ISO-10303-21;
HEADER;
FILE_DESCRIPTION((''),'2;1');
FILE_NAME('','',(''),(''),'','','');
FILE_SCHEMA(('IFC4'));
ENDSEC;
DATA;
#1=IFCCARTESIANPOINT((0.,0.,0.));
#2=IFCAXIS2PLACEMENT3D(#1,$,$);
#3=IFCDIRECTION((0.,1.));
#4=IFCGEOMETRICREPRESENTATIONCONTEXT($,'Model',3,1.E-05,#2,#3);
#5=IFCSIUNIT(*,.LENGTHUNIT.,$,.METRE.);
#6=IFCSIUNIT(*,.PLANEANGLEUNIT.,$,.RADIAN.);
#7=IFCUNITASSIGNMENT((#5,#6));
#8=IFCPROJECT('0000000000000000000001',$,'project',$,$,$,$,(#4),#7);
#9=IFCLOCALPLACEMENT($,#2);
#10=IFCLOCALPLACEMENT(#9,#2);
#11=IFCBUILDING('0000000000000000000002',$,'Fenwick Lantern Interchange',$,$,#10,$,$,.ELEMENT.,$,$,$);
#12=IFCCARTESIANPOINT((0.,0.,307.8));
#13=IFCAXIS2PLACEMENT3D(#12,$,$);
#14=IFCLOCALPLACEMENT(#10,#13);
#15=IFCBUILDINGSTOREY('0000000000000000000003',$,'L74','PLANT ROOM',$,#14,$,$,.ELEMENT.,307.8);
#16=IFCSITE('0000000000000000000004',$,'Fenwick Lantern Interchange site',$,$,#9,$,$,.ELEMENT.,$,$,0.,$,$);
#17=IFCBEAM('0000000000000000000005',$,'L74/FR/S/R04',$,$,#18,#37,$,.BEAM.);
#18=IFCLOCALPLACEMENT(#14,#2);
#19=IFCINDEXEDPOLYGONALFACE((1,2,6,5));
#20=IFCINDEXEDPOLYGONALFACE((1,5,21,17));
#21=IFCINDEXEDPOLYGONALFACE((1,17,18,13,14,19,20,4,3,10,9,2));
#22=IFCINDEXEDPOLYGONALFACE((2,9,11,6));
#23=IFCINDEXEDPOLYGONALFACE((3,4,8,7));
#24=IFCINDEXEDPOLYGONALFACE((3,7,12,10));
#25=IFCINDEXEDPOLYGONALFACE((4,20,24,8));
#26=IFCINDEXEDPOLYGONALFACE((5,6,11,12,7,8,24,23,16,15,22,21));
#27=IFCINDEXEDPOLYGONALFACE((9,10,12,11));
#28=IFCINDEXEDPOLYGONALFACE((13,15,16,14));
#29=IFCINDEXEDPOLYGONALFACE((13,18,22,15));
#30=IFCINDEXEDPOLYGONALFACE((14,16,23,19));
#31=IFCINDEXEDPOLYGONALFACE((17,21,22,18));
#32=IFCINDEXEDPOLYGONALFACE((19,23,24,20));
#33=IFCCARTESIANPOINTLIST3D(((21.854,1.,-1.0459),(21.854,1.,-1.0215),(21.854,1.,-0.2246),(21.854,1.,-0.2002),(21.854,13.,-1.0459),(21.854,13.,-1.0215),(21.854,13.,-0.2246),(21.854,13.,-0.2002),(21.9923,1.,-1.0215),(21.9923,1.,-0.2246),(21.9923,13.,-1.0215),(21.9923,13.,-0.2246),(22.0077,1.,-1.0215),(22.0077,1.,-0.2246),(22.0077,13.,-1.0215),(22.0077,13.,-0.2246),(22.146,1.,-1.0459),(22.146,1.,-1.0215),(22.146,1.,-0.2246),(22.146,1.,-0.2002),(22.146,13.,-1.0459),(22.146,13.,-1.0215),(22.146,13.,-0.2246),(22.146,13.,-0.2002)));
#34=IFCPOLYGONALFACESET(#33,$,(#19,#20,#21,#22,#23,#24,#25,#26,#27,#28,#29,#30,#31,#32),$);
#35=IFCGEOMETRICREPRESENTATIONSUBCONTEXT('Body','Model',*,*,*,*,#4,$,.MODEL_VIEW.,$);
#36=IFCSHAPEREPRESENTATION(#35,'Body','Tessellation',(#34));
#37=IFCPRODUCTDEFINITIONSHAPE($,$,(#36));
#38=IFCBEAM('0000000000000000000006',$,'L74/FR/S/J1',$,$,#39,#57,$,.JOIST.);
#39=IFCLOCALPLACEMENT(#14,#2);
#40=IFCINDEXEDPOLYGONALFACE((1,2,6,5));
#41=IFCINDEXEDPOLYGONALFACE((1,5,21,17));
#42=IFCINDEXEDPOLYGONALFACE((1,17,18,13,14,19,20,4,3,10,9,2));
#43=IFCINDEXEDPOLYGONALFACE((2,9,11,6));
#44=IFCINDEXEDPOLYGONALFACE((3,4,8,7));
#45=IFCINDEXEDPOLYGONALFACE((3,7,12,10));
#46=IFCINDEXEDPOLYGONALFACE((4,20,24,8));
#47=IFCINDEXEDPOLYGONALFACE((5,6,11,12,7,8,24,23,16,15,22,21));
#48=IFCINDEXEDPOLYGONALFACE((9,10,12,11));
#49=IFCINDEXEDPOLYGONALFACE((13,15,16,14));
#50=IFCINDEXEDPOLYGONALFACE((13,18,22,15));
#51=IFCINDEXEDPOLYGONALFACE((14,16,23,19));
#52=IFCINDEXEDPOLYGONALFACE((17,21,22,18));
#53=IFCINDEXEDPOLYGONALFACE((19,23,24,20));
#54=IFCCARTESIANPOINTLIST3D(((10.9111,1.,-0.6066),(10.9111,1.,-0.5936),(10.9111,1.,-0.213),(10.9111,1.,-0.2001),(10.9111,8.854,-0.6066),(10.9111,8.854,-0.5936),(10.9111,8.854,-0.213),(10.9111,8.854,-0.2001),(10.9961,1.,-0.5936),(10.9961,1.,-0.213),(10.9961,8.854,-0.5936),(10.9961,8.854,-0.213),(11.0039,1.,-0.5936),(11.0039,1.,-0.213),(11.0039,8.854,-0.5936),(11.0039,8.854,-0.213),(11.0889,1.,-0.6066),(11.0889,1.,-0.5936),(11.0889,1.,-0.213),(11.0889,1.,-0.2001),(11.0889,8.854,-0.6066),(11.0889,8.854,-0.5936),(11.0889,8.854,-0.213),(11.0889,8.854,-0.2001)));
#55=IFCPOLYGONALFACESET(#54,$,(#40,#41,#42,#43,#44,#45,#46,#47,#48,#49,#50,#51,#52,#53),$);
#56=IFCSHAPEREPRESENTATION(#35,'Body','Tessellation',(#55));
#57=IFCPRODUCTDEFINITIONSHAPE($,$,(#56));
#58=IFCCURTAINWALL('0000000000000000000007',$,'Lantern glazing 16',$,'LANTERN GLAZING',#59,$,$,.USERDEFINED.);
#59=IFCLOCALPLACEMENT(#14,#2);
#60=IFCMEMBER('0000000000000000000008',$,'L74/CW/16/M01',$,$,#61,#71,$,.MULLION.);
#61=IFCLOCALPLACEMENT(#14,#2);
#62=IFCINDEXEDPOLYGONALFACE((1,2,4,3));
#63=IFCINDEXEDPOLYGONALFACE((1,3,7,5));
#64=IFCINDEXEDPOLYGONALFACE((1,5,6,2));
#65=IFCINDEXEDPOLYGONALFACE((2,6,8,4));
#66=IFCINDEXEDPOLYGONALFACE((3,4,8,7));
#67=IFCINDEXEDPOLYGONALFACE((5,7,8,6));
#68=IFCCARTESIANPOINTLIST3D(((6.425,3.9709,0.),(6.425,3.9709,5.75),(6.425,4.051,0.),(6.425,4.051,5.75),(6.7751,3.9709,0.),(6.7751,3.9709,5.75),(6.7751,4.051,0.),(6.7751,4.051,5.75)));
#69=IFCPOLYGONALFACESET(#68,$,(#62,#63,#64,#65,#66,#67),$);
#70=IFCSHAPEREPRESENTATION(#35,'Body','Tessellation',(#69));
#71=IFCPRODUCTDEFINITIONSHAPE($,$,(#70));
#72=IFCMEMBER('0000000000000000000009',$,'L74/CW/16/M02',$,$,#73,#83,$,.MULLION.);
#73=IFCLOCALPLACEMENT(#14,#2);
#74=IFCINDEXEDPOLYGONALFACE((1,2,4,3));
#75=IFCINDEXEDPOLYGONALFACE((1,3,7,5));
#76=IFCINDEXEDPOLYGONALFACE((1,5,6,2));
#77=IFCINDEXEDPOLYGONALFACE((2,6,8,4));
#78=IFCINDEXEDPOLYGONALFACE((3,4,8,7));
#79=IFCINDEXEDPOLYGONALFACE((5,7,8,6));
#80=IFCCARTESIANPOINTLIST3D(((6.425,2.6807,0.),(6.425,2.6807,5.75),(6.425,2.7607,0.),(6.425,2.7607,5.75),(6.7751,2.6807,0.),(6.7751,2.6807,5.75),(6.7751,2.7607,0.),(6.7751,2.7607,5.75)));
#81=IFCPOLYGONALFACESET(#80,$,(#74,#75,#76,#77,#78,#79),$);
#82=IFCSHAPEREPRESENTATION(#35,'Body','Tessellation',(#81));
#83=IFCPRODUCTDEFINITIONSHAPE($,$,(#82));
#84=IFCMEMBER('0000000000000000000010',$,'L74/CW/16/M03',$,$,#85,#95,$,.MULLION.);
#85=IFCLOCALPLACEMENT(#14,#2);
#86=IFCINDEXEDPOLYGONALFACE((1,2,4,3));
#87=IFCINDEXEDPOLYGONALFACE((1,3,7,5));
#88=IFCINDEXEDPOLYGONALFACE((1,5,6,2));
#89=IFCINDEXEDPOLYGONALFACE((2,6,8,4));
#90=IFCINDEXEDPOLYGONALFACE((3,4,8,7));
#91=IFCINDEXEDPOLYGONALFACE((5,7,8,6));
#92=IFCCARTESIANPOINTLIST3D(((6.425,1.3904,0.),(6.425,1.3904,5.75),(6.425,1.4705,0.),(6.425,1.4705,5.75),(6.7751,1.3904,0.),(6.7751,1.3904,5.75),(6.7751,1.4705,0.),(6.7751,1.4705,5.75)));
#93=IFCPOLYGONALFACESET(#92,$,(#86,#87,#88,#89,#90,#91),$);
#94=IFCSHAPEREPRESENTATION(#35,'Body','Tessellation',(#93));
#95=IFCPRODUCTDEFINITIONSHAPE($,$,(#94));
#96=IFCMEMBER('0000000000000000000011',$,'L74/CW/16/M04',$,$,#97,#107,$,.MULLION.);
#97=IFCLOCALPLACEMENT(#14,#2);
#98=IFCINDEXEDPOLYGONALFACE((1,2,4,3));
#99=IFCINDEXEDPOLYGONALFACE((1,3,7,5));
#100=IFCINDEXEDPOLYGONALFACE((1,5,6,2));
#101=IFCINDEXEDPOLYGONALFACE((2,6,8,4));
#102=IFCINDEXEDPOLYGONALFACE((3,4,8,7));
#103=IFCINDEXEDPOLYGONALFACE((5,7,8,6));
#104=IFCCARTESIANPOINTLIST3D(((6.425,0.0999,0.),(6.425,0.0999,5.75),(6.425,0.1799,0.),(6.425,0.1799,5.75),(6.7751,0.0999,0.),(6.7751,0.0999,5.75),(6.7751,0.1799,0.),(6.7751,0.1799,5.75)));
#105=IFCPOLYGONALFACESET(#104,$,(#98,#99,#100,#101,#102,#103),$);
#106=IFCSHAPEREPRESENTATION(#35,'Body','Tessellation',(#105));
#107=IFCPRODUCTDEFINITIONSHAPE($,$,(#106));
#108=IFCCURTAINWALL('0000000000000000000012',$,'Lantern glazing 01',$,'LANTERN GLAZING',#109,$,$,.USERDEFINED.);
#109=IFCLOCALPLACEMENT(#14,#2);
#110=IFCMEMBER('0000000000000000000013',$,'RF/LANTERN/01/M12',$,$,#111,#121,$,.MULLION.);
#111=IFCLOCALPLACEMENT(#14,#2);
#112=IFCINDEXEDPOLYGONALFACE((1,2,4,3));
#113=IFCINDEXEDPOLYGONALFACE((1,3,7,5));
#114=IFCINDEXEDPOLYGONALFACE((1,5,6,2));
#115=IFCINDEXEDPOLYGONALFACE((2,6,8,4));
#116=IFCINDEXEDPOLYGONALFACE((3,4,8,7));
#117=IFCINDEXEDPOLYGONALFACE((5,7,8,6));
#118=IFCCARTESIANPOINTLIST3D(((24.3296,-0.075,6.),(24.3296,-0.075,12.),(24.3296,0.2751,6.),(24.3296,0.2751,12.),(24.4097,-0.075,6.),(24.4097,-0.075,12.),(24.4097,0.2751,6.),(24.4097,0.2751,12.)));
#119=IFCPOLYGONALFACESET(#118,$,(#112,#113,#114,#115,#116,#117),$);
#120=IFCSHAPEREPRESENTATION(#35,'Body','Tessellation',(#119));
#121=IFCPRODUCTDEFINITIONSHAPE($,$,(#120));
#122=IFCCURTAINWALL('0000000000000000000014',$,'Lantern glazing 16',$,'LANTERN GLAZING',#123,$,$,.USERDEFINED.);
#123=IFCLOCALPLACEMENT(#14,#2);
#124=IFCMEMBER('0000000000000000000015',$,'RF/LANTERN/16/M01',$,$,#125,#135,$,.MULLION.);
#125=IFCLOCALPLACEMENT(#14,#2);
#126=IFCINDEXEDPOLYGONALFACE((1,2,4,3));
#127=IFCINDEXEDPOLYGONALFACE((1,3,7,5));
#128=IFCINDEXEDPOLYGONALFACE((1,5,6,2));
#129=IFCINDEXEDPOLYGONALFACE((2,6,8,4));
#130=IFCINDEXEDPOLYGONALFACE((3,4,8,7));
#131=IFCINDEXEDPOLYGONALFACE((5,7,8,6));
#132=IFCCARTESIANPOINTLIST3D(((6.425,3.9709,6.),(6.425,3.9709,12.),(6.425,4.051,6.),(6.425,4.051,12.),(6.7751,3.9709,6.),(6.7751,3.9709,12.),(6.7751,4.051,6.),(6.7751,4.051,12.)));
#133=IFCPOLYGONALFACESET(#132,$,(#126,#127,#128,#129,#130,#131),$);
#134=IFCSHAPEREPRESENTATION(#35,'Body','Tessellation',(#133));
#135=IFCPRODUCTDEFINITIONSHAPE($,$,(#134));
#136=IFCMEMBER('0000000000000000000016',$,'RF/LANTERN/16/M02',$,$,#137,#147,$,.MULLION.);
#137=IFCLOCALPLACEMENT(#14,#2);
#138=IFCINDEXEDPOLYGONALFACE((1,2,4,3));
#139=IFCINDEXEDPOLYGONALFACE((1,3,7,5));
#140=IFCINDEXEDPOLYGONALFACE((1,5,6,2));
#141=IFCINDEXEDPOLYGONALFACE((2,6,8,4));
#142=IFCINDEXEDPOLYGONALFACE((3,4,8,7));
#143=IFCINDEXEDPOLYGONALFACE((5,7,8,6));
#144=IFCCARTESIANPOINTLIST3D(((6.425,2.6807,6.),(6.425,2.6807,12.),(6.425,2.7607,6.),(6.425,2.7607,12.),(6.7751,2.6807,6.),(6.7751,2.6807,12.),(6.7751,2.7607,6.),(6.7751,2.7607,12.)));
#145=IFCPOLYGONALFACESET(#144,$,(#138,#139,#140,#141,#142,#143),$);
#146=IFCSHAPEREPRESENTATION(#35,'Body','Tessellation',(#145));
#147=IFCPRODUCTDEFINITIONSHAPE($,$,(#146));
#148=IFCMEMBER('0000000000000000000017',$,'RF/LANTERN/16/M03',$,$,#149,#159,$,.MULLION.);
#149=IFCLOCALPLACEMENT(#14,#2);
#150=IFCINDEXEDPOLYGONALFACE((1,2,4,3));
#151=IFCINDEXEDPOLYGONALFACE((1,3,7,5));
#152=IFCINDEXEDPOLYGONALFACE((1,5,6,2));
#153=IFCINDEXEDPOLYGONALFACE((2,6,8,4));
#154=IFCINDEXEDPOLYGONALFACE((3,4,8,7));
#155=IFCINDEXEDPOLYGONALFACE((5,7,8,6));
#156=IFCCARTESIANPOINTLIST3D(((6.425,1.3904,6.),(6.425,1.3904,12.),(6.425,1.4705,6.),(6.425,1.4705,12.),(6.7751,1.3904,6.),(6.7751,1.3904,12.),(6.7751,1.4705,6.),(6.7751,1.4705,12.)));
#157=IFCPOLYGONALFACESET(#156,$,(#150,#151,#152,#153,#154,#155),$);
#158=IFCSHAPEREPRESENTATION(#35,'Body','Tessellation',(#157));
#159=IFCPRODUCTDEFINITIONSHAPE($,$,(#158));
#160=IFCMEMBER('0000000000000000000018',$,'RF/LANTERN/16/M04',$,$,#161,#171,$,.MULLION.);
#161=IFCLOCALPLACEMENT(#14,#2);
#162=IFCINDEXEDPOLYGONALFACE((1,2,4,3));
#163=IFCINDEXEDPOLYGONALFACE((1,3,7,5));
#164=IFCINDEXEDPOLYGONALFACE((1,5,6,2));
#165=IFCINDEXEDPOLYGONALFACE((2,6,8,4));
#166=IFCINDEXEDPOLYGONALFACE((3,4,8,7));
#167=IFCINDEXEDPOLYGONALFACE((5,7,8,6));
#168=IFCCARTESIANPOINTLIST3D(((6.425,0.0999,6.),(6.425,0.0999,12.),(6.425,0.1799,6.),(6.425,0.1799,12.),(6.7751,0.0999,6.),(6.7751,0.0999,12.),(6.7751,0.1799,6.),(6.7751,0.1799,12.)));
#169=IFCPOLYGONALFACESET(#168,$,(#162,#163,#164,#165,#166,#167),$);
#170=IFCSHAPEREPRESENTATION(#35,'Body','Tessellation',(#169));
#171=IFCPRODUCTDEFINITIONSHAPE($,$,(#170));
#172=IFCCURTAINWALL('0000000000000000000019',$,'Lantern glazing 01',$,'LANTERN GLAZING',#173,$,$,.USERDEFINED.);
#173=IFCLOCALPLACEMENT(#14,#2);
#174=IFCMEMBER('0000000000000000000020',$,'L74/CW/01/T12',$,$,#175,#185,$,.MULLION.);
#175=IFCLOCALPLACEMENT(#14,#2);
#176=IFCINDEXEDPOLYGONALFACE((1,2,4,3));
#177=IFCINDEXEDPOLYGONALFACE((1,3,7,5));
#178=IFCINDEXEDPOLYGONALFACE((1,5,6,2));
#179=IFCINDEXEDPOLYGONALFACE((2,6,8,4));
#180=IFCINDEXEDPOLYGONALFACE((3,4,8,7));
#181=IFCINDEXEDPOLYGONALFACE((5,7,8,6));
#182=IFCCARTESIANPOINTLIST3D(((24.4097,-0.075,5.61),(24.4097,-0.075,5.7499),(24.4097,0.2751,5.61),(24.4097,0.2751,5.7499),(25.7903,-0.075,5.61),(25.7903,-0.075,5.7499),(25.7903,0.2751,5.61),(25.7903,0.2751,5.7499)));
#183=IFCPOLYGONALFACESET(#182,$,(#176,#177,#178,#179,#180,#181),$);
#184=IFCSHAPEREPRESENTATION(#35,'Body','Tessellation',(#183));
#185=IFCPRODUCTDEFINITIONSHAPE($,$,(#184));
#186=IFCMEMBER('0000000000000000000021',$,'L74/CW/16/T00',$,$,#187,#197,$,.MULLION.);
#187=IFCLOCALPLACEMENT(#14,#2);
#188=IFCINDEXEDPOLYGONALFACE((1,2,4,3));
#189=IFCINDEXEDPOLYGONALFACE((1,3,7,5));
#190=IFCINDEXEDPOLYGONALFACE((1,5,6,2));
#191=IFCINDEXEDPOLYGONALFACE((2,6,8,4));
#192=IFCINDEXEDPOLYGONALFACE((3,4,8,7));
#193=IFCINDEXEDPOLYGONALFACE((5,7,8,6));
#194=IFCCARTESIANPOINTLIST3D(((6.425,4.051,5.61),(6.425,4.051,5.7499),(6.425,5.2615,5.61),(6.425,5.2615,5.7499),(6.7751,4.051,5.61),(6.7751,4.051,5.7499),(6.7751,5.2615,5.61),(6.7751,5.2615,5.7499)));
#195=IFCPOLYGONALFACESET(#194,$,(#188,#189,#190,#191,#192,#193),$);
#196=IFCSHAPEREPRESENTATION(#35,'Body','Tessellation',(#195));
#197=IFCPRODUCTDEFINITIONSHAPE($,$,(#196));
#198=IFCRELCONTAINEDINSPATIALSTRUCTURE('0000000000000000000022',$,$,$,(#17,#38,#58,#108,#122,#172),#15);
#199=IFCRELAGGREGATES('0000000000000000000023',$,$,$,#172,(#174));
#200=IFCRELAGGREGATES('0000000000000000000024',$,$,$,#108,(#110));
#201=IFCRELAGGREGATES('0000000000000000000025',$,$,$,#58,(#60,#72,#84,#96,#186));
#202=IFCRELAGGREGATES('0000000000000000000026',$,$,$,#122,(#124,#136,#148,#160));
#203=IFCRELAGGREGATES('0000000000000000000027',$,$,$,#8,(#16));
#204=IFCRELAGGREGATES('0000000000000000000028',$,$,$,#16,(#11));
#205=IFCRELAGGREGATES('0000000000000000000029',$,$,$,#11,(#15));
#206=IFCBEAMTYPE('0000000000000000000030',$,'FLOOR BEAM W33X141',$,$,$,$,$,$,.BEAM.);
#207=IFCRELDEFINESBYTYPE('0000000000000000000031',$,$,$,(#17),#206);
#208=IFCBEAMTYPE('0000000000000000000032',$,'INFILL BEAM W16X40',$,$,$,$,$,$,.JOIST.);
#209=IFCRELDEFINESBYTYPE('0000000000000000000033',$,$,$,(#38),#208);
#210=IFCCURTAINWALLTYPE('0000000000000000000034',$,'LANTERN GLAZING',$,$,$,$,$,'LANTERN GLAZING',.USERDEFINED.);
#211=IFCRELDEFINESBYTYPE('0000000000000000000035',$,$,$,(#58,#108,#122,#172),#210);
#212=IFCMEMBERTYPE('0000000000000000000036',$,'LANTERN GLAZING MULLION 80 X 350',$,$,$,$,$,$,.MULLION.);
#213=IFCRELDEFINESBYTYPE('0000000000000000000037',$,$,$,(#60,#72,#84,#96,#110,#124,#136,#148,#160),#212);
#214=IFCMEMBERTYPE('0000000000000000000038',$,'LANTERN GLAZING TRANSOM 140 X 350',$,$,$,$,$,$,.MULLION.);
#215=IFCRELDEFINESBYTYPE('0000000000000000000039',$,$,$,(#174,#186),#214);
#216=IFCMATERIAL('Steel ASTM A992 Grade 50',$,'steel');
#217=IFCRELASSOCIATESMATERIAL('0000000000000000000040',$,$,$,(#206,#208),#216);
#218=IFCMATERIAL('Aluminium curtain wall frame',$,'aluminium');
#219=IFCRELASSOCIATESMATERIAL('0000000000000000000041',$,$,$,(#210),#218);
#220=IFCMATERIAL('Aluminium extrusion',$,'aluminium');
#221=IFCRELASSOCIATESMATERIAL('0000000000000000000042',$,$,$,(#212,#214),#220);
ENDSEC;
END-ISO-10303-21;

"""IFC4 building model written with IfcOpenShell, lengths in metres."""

from ifc_helpers import new_model, si_unit, direction, frame, origin, origin_2d, place, context, subcontext, project, spatial, rectangle, i_section, extrude, material, material_profile, profile_set, type_object, element, aggregate, save


model = new_model("IFC4")

# Units and contexts
model_context = context("Model", 3, precision=1e-05, world=origin(), true_north=direction((0.0, 1.0)))
body_context = subcontext(model_context, "Body", "Model", "MODEL_VIEW")
ifc_project = project(units=[si_unit("LENGTHUNIT", "METRE"), si_unit("PLANEANGLEUNIT", "RADIAN")], contexts=[model_context])

# Site, building, storey
site_placement = place(None, origin())
site = spatial("IfcSite", under=ifc_project, at=site_placement, Name="Fenwick Lantern Interchange site", CompositionType="ELEMENT", RefElevation=0.0)
building_placement = place(site_placement, origin())
building = spatial("IfcBuilding", under=site, at=building_placement, Name="Fenwick Lantern Interchange", CompositionType="ELEMENT")
storey_placement = place(building_placement, frame((0.0, 0.0, 307.8)))
storey = spatial("IfcBuildingStorey", under=building, at=storey_placement, Name="L74", Description="PLANT ROOM", CompositionType="ELEMENT", Elevation=307.8)

# Shared definitions
ifc_material_1 = material(Name="Steel ASTM A992 Grade 50", Category="steel")

# Beams
ifc_material_profile_1 = material_profile(ifc_material_1, i_section(OverallWidth=0.292, OverallDepth=0.8457, WebThickness=0.0154, FlangeThickness=0.0244, at=origin_2d()), Name="W33X141")
ifc_profile_set_1 = profile_set([ifc_material_profile_1], Name="Steel ASTM A992 Grade 50")
beam_type_1 = type_object("IfcBeamType", Name="FLOOR BEAM W33X141", PredefinedType="BEAM", material=ifc_profile_set_1)
for number, where, z_axis, x_axis, name in (
    (1, (22.0, 1.0, -0.623), (0.0, 1.0, 0.0), (-1.0, 0.0, 0.0), "L74/FR/S/R04"),
):
    element("IfcBeam", number, at=place(storey_placement, frame(where, z_axis=z_axis, x_axis=x_axis)), inside=storey, type_object=beam_type_1, Name=name, PredefinedType="BEAM", context=body_context, shape_type="SweptSolid", body=[
        extrude(i_section(OverallWidth=0.292, OverallDepth=0.8457, WebThickness=0.0154, FlangeThickness=0.0244, at=origin_2d()), origin(), (0.0, 0.0, 1.0), 12.0),
    ])
ifc_material_profile_2 = material_profile(ifc_material_1, i_section(OverallWidth=0.1777, OverallDepth=0.4065, WebThickness=0.0078, FlangeThickness=0.0129, at=origin_2d()), Name="W16X40")
ifc_profile_set_2 = profile_set([ifc_material_profile_2], Name="Steel ASTM A992 Grade 50")
beam_type_2 = type_object("IfcBeamType", Name="INFILL BEAM W16X40", PredefinedType="JOIST", material=ifc_profile_set_2)
beam_1_placement = place(storey_placement, frame((11.0, 1.0, -0.4033), z_axis=(0.0, 1.0, 0.0), x_axis=(-1.0, 0.0, 0.0)))
element("IfcBeam", 2, at=beam_1_placement, inside=storey, type_object=beam_type_2, Name="L74/FR/S/J1", PredefinedType="JOIST", context=body_context, shape_type="SweptSolid", body=[
    extrude(i_section(OverallWidth=0.1777, OverallDepth=0.4065, WebThickness=0.0078, FlangeThickness=0.0129, at=origin_2d()), origin(), (0.0, 0.0, 1.0), 7.854),
])

# Curtain wall, members
ifc_material_2 = material(Name="Aluminium curtain wall frame", Category="aluminium")
curtain_wall_type = type_object("IfcCurtainWallType", Name="LANTERN GLAZING", ElementType="LANTERN GLAZING", PredefinedType="USERDEFINED", material=ifc_material_2)
curtain_wall_1_placement = place(storey_placement, origin())
curtain_wall_1 = element("IfcCurtainWall", 3, at=curtain_wall_1_placement, inside=storey, type_object=curtain_wall_type, Name="Lantern glazing 16", ObjectType="LANTERN GLAZING", PredefinedType="USERDEFINED")
ifc_material_3 = material(Name="Aluminium extrusion", Category="aluminium")
ifc_material_profile_3 = material_profile(ifc_material_3, rectangle(XDim=0.3501, YDim=0.0801, at=origin_2d()), Name="LANTERN GLAZING MULLION 80 X 350")
ifc_profile_set_3 = profile_set([ifc_material_profile_3], Name="Aluminium extrusion")
member_type_1 = type_object("IfcMemberType", Name="LANTERN GLAZING MULLION 80 X 350", PredefinedType="MULLION", material=ifc_profile_set_3)
member_1_placement = place(storey_placement, frame((6.6001, 4.011, 0.0), z_axis=(0.0, 0.0, 1.0), x_axis=(1.0, 0.0, 0.0)))
member_1 = element("IfcMember", 4, at=member_1_placement, type_object=member_type_1, Name="L74/CW/16/M01", PredefinedType="MULLION", context=body_context, shape_type="SweptSolid", body=[
    extrude(rectangle(XDim=0.3501, YDim=0.0801, at=origin_2d()), origin(), (0.0, 0.0, 1.0), 5.75),
])
member_2_placement = place(storey_placement, frame((6.6001, 2.7207, 0.0), z_axis=(0.0, 0.0, 1.0), x_axis=(1.0, 0.0, 0.0)))
member_2 = element("IfcMember", 5, at=member_2_placement, type_object=member_type_1, Name="L74/CW/16/M02", PredefinedType="MULLION", context=body_context, shape_type="SweptSolid", body=[
    extrude(rectangle(XDim=0.3501, YDim=0.0801, at=origin_2d()), origin(), (0.0, 0.0, 1.0), 5.75),
])
member_3_placement = place(storey_placement, frame((6.6001, 1.4304, 0.0), z_axis=(0.0, 0.0, 1.0), x_axis=(1.0, 0.0, 0.0)))
member_3 = element("IfcMember", 6, at=member_3_placement, type_object=member_type_1, Name="L74/CW/16/M03", PredefinedType="MULLION", context=body_context, shape_type="SweptSolid", body=[
    extrude(rectangle(XDim=0.3501, YDim=0.0801, at=origin_2d()), origin(), (0.0, 0.0, 1.0), 5.75),
])
member_4_placement = place(storey_placement, frame((6.6001, 0.1399, 0.0), z_axis=(0.0, 0.0, 1.0), x_axis=(1.0, 0.0, 0.0)))
member_4 = element("IfcMember", 7, at=member_4_placement, type_object=member_type_1, Name="L74/CW/16/M04", PredefinedType="MULLION", context=body_context, shape_type="SweptSolid", body=[
    extrude(rectangle(XDim=0.3501, YDim=0.0801, at=origin_2d()), origin(), (0.0, 0.0, 1.0), 5.75),
])

# Curtain wall, member
curtain_wall_2_placement = place(storey_placement, origin())
curtain_wall_2 = element("IfcCurtainWall", 8, at=curtain_wall_2_placement, inside=storey, type_object=curtain_wall_type, Name="Lantern glazing 01", ObjectType="LANTERN GLAZING", PredefinedType="USERDEFINED")
member_5_placement = place(storey_placement, frame((24.3696, 0.1001, 6.0), z_axis=(0.0, 0.0, 1.0), x_axis=(0.0, 1.0, 0.0)))
member_5 = element("IfcMember", 9, at=member_5_placement, type_object=member_type_1, Name="RF/LANTERN/01/M12", PredefinedType="MULLION", context=body_context, shape_type="SweptSolid", body=[
    extrude(rectangle(XDim=0.3501, YDim=0.0801, at=origin_2d()), origin(), (0.0, 0.0, 1.0), 6.0),
])

# Curtain wall, members
curtain_wall_3_placement = place(storey_placement, origin())
curtain_wall_3 = element("IfcCurtainWall", 10, at=curtain_wall_3_placement, inside=storey, type_object=curtain_wall_type, Name="Lantern glazing 16", ObjectType="LANTERN GLAZING", PredefinedType="USERDEFINED")
member_6_placement = place(storey_placement, frame((6.6001, 4.011, 6.0), z_axis=(0.0, 0.0, 1.0), x_axis=(1.0, 0.0, 0.0)))
member_6 = element("IfcMember", 11, at=member_6_placement, type_object=member_type_1, Name="RF/LANTERN/16/M01", PredefinedType="MULLION", context=body_context, shape_type="SweptSolid", body=[
    extrude(rectangle(XDim=0.3501, YDim=0.0801, at=origin_2d()), origin(), (0.0, 0.0, 1.0), 6.0),
])
member_7_placement = place(storey_placement, frame((6.6001, 2.7207, 6.0), z_axis=(0.0, 0.0, 1.0), x_axis=(1.0, 0.0, 0.0)))
member_7 = element("IfcMember", 12, at=member_7_placement, type_object=member_type_1, Name="RF/LANTERN/16/M02", PredefinedType="MULLION", context=body_context, shape_type="SweptSolid", body=[
    extrude(rectangle(XDim=0.3501, YDim=0.0801, at=origin_2d()), origin(), (0.0, 0.0, 1.0), 6.0),
])
member_8_placement = place(storey_placement, frame((6.6001, 1.4304, 6.0), z_axis=(0.0, 0.0, 1.0), x_axis=(1.0, 0.0, 0.0)))
member_8 = element("IfcMember", 13, at=member_8_placement, type_object=member_type_1, Name="RF/LANTERN/16/M03", PredefinedType="MULLION", context=body_context, shape_type="SweptSolid", body=[
    extrude(rectangle(XDim=0.3501, YDim=0.0801, at=origin_2d()), origin(), (0.0, 0.0, 1.0), 6.0),
])
member_9_placement = place(storey_placement, frame((6.6001, 0.1399, 6.0), z_axis=(0.0, 0.0, 1.0), x_axis=(1.0, 0.0, 0.0)))
member_9 = element("IfcMember", 14, at=member_9_placement, type_object=member_type_1, Name="RF/LANTERN/16/M04", PredefinedType="MULLION", context=body_context, shape_type="SweptSolid", body=[
    extrude(rectangle(XDim=0.3501, YDim=0.0801, at=origin_2d()), origin(), (0.0, 0.0, 1.0), 6.0),
])

# Curtain wall, member
curtain_wall_4_placement = place(storey_placement, origin())
curtain_wall_4 = element("IfcCurtainWall", 15, at=curtain_wall_4_placement, inside=storey, type_object=curtain_wall_type, Name="Lantern glazing 01", ObjectType="LANTERN GLAZING", PredefinedType="USERDEFINED")
ifc_material_profile_4 = material_profile(ifc_material_3, rectangle(XDim=0.3501, YDim=0.1399, at=origin_2d()), Name="LANTERN GLAZING TRANSOM 140 X 350")
ifc_profile_set_4 = profile_set([ifc_material_profile_4], Name="Aluminium extrusion")
member_type_2 = type_object("IfcMemberType", Name="LANTERN GLAZING TRANSOM 140 X 350", PredefinedType="MULLION", material=ifc_profile_set_4)
member_10_placement = place(storey_placement, frame((24.4097, 0.1001, 5.6799), z_axis=(1.0, 0.0, 0.0), x_axis=(0.0, 1.0, 0.0)))
member_10 = element("IfcMember", 16, at=member_10_placement, type_object=member_type_2, Name="L74/CW/01/T12", PredefinedType="MULLION", context=body_context, shape_type="SweptSolid", body=[
    extrude(rectangle(XDim=0.3501, YDim=0.1399, at=origin_2d()), origin(), (0.0, 0.0, 1.0), 1.3806),
])
aggregate(curtain_wall_4, [member_10])

# Member
member_11_placement = place(storey_placement, frame((6.6001, 5.2615, 5.6799), z_axis=(0.0, -1.0, 0.0), x_axis=(1.0, 0.0, 0.0)))
member_11 = element("IfcMember", 17, at=member_11_placement, type_object=member_type_2, Name="L74/CW/16/T00", PredefinedType="MULLION", context=body_context, shape_type="SweptSolid", body=[
    extrude(rectangle(XDim=0.3501, YDim=0.1399, at=origin_2d()), origin(), (0.0, 0.0, 1.0), 1.2104),
])
aggregate(curtain_wall_2, [member_5])

aggregate(curtain_wall_1, [member_1, member_2, member_3, member_4, member_11])
aggregate(curtain_wall_3, [member_6, member_7, member_8, member_9])

save(model, "model.ifc")
